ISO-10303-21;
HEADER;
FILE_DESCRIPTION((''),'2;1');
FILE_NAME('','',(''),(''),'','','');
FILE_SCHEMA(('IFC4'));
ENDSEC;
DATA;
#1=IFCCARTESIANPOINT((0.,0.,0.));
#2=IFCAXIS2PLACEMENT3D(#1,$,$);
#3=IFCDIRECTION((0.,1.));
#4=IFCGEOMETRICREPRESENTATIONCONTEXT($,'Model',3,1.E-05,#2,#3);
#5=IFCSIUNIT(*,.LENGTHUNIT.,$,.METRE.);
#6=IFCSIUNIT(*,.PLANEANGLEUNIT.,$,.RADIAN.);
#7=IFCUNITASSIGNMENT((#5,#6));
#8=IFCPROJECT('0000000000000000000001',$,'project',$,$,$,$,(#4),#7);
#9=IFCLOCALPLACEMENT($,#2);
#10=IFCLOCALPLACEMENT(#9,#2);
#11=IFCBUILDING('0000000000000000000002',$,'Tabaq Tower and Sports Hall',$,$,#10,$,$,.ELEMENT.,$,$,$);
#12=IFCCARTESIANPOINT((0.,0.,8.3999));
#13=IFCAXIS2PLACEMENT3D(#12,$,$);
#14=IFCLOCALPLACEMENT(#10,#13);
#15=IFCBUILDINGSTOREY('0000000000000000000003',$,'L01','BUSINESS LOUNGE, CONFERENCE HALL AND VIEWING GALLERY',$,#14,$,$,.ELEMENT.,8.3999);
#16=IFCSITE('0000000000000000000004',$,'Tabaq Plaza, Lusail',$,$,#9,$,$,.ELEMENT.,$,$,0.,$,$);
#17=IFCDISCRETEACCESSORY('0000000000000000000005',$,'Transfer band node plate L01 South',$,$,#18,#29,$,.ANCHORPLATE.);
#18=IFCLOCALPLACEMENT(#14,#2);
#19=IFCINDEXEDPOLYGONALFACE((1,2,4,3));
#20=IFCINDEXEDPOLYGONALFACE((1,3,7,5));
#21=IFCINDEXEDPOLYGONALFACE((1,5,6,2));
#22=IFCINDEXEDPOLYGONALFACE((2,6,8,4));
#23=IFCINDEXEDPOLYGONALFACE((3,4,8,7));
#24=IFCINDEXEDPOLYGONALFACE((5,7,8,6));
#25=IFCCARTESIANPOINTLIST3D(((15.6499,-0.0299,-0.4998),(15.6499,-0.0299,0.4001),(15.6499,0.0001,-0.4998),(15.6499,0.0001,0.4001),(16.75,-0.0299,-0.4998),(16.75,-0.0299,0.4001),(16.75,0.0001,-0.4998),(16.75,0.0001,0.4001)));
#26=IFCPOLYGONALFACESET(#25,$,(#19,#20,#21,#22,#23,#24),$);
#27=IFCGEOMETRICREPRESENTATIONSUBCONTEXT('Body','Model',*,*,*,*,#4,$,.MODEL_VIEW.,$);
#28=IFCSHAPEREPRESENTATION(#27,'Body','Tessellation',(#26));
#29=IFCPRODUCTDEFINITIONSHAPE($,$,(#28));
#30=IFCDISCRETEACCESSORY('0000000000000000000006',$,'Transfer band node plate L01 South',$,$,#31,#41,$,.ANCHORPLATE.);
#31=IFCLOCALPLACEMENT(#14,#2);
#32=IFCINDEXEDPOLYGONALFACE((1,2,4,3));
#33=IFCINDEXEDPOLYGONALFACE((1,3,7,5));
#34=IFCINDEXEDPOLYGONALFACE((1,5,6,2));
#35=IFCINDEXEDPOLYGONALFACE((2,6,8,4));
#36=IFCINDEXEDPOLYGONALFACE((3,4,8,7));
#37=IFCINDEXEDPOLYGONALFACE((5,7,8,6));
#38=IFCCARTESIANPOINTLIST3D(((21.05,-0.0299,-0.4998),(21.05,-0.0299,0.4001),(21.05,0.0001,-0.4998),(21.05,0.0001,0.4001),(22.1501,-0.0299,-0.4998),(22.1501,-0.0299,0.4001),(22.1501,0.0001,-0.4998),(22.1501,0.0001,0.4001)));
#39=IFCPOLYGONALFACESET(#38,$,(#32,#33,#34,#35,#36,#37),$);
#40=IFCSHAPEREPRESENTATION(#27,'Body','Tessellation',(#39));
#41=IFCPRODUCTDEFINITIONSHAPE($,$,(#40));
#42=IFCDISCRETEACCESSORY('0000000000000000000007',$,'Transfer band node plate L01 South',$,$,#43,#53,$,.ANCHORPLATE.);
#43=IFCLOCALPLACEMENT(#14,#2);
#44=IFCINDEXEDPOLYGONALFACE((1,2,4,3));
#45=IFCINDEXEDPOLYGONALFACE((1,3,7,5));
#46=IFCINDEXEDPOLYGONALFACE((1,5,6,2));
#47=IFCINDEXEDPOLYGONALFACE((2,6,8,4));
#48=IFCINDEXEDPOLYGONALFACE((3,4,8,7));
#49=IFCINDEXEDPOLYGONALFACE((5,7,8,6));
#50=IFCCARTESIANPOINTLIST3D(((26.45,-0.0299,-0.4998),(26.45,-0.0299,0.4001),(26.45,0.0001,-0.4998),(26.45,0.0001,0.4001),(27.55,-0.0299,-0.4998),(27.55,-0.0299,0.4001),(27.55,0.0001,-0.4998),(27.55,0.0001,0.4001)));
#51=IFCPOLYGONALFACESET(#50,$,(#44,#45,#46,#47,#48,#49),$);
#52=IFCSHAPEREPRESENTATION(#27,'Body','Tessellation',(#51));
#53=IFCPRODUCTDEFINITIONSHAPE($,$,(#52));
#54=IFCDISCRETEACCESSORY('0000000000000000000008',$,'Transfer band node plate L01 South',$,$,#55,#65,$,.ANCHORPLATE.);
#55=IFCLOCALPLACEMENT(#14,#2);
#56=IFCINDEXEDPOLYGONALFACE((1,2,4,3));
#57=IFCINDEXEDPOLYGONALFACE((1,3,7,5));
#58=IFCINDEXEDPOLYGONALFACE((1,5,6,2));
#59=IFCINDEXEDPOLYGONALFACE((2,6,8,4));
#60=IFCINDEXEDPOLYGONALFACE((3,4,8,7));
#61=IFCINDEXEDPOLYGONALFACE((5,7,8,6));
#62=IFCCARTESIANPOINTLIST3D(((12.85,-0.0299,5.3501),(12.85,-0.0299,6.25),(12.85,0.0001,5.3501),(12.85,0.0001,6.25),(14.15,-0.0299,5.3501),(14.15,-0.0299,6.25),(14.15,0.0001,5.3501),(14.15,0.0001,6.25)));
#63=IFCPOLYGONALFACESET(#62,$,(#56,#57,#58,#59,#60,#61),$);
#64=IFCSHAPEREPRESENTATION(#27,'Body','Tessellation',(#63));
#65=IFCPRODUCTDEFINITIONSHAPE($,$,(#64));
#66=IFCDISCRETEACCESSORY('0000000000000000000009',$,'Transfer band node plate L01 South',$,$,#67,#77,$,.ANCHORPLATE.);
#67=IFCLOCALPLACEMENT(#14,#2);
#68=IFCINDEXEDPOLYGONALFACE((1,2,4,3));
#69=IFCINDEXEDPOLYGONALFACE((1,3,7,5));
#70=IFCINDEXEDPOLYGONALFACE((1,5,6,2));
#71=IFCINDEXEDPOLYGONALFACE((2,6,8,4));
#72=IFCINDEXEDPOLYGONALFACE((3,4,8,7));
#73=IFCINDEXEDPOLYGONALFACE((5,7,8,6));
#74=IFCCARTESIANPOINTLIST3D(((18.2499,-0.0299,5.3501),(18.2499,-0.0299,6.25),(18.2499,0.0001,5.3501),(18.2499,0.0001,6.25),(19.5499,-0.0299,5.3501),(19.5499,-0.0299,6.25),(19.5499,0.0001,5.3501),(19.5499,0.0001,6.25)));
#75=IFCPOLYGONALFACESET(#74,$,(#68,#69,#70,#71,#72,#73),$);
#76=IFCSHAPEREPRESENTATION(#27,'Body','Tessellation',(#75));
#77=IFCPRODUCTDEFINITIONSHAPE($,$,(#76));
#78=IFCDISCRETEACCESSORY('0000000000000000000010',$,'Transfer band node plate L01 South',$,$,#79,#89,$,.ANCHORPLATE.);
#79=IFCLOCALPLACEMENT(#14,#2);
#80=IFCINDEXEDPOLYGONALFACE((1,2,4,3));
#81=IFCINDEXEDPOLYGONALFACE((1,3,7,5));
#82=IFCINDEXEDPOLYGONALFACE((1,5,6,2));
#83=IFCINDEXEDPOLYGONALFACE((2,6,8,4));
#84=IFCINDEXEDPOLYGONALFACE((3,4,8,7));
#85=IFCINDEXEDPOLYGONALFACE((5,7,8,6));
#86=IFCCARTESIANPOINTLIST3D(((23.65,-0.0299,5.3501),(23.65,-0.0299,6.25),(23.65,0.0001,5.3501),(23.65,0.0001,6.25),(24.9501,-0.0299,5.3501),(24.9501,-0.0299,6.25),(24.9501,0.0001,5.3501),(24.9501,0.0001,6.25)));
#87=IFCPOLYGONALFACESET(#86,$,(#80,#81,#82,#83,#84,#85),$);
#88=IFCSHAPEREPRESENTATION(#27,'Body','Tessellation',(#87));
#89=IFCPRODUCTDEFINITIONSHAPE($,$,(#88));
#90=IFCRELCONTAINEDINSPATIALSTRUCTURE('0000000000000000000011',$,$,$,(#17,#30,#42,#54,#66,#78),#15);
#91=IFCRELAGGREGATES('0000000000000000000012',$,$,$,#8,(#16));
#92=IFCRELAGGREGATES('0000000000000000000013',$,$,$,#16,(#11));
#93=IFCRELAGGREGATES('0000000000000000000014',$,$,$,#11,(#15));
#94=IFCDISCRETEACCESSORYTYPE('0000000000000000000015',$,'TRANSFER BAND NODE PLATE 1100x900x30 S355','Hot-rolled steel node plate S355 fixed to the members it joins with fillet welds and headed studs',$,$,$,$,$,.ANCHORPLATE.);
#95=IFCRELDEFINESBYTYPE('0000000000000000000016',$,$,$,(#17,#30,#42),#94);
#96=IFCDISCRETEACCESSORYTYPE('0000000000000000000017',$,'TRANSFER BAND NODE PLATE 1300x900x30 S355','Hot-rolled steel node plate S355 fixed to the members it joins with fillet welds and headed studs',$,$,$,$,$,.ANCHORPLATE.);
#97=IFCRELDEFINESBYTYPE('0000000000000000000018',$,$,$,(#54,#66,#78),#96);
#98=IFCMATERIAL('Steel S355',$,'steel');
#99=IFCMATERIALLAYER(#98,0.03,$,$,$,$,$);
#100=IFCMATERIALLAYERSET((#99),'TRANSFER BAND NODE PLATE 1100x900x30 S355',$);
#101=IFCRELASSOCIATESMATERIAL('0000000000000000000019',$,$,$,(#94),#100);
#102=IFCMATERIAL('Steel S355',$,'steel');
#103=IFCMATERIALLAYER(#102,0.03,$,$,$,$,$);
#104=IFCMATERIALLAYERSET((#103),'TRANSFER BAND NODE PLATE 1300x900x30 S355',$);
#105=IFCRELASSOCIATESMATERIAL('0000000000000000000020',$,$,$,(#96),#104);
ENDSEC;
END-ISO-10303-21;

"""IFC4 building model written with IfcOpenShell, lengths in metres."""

from ifc_helpers import new_model, si_unit, direction, frame, origin, origin_2d, place, context, subcontext, project, spatial, rectangle, extrude, material, layer, layer_set, type_object, element, save


model = new_model("IFC4")

# Units and contexts
model_context = context("Model", 3, precision=1e-05, world=origin(), true_north=direction((0.0, 1.0)))
body_context = subcontext(model_context, "Body", "Model", "MODEL_VIEW")
ifc_project = project(units=[si_unit("LENGTHUNIT", "METRE"), si_unit("PLANEANGLEUNIT", "RADIAN")], contexts=[model_context])

# Site, building, storey
site_placement = place(None, origin())
site = spatial("IfcSite", under=ifc_project, at=site_placement, Name="Tabaq Plaza, Lusail", CompositionType="ELEMENT", RefElevation=0.0)
building_placement = place(site_placement, origin())
building = spatial("IfcBuilding", under=site, at=building_placement, Name="Tabaq Tower and Sports Hall", CompositionType="ELEMENT")
storey_placement = place(building_placement, frame((0.0, 0.0, 8.3999)))
storey = spatial("IfcBuildingStorey", under=building, at=storey_placement, Name="L01", Description="BUSINESS LOUNGE, CONFERENCE HALL AND VIEWING GALLERY", CompositionType="ELEMENT", Elevation=8.3999)

# Discrete accessories
ifc_material_1 = material(Name="Steel S355", Category="steel")
ifc_layer_1 = layer(ifc_material_1, 0.03)
ifc_layer_set_1 = layer_set([ifc_layer_1], Name="TRANSFER BAND NODE PLATE 1100x900x30 S355")
discrete_accessory_type_1 = type_object("IfcDiscreteAccessoryType", Name="TRANSFER BAND NODE PLATE 1100x900x30 S355", Description="Hot-rolled steel node plate S355 fixed to the members it joins with fillet welds and headed studs", PredefinedType="ANCHORPLATE", material=ifc_layer_set_1)
for number, where, z_axis, x_axis, name in (
    (1, (16.2, -0.0149, -0.4998), (0.0, 0.0, 1.0), (1.0, 0.0, 0.0), "Transfer band node plate L01 South"),
    (2, (21.6001, -0.0149, -0.4998), (0.0, 0.0, 1.0), (1.0, 0.0, 0.0), "Transfer band node plate L01 South"),
    (3, (27.0, -0.0149, -0.4998), (0.0, 0.0, 1.0), (1.0, 0.0, 0.0), "Transfer band node plate L01 South"),
):
    element("IfcDiscreteAccessory", number, at=place(storey_placement, frame(where, z_axis=z_axis, x_axis=x_axis)), inside=storey, type_object=discrete_accessory_type_1, Name=name, PredefinedType="ANCHORPLATE", context=body_context, shape_type="SweptSolid", body=[
        extrude(rectangle(XDim=1.1001, YDim=0.03, at=origin_2d()), origin(), (0.0, 0.0, 1.0), 0.8999),
    ])
ifc_material_2 = material(Name="Steel S355", Category="steel")
ifc_layer_2 = layer(ifc_material_2, 0.03)
ifc_layer_set_2 = layer_set([ifc_layer_2], Name="TRANSFER BAND NODE PLATE 1300x900x30 S355")
discrete_accessory_type_2 = type_object("IfcDiscreteAccessoryType", Name="TRANSFER BAND NODE PLATE 1300x900x30 S355", Description="Hot-rolled steel node plate S355 fixed to the members it joins with fillet welds and headed studs", PredefinedType="ANCHORPLATE", material=ifc_layer_set_2)
for number, where, z_axis, x_axis, name in (
    (4, (13.5, -0.0149, 5.3501), (0.0, 0.0, 1.0), (1.0, 0.0, 0.0), "Transfer band node plate L01 South"),
    (5, (18.8999, -0.0149, 5.3501), (0.0, 0.0, 1.0), (1.0, 0.0, 0.0), "Transfer band node plate L01 South"),
    (6, (24.3, -0.0149, 5.3501), (0.0, 0.0, 1.0), (1.0, 0.0, 0.0), "Transfer band node plate L01 South"),
):
    element("IfcDiscreteAccessory", number, at=place(storey_placement, frame(where, z_axis=z_axis, x_axis=x_axis)), inside=storey, type_object=discrete_accessory_type_2, Name=name, PredefinedType="ANCHORPLATE", context=body_context, shape_type="SweptSolid", body=[
        extrude(rectangle(XDim=1.3, YDim=0.03, at=origin_2d()), origin(), (0.0, 0.0, 1.0), 0.8999),
    ])

save(model, "model.ifc")
